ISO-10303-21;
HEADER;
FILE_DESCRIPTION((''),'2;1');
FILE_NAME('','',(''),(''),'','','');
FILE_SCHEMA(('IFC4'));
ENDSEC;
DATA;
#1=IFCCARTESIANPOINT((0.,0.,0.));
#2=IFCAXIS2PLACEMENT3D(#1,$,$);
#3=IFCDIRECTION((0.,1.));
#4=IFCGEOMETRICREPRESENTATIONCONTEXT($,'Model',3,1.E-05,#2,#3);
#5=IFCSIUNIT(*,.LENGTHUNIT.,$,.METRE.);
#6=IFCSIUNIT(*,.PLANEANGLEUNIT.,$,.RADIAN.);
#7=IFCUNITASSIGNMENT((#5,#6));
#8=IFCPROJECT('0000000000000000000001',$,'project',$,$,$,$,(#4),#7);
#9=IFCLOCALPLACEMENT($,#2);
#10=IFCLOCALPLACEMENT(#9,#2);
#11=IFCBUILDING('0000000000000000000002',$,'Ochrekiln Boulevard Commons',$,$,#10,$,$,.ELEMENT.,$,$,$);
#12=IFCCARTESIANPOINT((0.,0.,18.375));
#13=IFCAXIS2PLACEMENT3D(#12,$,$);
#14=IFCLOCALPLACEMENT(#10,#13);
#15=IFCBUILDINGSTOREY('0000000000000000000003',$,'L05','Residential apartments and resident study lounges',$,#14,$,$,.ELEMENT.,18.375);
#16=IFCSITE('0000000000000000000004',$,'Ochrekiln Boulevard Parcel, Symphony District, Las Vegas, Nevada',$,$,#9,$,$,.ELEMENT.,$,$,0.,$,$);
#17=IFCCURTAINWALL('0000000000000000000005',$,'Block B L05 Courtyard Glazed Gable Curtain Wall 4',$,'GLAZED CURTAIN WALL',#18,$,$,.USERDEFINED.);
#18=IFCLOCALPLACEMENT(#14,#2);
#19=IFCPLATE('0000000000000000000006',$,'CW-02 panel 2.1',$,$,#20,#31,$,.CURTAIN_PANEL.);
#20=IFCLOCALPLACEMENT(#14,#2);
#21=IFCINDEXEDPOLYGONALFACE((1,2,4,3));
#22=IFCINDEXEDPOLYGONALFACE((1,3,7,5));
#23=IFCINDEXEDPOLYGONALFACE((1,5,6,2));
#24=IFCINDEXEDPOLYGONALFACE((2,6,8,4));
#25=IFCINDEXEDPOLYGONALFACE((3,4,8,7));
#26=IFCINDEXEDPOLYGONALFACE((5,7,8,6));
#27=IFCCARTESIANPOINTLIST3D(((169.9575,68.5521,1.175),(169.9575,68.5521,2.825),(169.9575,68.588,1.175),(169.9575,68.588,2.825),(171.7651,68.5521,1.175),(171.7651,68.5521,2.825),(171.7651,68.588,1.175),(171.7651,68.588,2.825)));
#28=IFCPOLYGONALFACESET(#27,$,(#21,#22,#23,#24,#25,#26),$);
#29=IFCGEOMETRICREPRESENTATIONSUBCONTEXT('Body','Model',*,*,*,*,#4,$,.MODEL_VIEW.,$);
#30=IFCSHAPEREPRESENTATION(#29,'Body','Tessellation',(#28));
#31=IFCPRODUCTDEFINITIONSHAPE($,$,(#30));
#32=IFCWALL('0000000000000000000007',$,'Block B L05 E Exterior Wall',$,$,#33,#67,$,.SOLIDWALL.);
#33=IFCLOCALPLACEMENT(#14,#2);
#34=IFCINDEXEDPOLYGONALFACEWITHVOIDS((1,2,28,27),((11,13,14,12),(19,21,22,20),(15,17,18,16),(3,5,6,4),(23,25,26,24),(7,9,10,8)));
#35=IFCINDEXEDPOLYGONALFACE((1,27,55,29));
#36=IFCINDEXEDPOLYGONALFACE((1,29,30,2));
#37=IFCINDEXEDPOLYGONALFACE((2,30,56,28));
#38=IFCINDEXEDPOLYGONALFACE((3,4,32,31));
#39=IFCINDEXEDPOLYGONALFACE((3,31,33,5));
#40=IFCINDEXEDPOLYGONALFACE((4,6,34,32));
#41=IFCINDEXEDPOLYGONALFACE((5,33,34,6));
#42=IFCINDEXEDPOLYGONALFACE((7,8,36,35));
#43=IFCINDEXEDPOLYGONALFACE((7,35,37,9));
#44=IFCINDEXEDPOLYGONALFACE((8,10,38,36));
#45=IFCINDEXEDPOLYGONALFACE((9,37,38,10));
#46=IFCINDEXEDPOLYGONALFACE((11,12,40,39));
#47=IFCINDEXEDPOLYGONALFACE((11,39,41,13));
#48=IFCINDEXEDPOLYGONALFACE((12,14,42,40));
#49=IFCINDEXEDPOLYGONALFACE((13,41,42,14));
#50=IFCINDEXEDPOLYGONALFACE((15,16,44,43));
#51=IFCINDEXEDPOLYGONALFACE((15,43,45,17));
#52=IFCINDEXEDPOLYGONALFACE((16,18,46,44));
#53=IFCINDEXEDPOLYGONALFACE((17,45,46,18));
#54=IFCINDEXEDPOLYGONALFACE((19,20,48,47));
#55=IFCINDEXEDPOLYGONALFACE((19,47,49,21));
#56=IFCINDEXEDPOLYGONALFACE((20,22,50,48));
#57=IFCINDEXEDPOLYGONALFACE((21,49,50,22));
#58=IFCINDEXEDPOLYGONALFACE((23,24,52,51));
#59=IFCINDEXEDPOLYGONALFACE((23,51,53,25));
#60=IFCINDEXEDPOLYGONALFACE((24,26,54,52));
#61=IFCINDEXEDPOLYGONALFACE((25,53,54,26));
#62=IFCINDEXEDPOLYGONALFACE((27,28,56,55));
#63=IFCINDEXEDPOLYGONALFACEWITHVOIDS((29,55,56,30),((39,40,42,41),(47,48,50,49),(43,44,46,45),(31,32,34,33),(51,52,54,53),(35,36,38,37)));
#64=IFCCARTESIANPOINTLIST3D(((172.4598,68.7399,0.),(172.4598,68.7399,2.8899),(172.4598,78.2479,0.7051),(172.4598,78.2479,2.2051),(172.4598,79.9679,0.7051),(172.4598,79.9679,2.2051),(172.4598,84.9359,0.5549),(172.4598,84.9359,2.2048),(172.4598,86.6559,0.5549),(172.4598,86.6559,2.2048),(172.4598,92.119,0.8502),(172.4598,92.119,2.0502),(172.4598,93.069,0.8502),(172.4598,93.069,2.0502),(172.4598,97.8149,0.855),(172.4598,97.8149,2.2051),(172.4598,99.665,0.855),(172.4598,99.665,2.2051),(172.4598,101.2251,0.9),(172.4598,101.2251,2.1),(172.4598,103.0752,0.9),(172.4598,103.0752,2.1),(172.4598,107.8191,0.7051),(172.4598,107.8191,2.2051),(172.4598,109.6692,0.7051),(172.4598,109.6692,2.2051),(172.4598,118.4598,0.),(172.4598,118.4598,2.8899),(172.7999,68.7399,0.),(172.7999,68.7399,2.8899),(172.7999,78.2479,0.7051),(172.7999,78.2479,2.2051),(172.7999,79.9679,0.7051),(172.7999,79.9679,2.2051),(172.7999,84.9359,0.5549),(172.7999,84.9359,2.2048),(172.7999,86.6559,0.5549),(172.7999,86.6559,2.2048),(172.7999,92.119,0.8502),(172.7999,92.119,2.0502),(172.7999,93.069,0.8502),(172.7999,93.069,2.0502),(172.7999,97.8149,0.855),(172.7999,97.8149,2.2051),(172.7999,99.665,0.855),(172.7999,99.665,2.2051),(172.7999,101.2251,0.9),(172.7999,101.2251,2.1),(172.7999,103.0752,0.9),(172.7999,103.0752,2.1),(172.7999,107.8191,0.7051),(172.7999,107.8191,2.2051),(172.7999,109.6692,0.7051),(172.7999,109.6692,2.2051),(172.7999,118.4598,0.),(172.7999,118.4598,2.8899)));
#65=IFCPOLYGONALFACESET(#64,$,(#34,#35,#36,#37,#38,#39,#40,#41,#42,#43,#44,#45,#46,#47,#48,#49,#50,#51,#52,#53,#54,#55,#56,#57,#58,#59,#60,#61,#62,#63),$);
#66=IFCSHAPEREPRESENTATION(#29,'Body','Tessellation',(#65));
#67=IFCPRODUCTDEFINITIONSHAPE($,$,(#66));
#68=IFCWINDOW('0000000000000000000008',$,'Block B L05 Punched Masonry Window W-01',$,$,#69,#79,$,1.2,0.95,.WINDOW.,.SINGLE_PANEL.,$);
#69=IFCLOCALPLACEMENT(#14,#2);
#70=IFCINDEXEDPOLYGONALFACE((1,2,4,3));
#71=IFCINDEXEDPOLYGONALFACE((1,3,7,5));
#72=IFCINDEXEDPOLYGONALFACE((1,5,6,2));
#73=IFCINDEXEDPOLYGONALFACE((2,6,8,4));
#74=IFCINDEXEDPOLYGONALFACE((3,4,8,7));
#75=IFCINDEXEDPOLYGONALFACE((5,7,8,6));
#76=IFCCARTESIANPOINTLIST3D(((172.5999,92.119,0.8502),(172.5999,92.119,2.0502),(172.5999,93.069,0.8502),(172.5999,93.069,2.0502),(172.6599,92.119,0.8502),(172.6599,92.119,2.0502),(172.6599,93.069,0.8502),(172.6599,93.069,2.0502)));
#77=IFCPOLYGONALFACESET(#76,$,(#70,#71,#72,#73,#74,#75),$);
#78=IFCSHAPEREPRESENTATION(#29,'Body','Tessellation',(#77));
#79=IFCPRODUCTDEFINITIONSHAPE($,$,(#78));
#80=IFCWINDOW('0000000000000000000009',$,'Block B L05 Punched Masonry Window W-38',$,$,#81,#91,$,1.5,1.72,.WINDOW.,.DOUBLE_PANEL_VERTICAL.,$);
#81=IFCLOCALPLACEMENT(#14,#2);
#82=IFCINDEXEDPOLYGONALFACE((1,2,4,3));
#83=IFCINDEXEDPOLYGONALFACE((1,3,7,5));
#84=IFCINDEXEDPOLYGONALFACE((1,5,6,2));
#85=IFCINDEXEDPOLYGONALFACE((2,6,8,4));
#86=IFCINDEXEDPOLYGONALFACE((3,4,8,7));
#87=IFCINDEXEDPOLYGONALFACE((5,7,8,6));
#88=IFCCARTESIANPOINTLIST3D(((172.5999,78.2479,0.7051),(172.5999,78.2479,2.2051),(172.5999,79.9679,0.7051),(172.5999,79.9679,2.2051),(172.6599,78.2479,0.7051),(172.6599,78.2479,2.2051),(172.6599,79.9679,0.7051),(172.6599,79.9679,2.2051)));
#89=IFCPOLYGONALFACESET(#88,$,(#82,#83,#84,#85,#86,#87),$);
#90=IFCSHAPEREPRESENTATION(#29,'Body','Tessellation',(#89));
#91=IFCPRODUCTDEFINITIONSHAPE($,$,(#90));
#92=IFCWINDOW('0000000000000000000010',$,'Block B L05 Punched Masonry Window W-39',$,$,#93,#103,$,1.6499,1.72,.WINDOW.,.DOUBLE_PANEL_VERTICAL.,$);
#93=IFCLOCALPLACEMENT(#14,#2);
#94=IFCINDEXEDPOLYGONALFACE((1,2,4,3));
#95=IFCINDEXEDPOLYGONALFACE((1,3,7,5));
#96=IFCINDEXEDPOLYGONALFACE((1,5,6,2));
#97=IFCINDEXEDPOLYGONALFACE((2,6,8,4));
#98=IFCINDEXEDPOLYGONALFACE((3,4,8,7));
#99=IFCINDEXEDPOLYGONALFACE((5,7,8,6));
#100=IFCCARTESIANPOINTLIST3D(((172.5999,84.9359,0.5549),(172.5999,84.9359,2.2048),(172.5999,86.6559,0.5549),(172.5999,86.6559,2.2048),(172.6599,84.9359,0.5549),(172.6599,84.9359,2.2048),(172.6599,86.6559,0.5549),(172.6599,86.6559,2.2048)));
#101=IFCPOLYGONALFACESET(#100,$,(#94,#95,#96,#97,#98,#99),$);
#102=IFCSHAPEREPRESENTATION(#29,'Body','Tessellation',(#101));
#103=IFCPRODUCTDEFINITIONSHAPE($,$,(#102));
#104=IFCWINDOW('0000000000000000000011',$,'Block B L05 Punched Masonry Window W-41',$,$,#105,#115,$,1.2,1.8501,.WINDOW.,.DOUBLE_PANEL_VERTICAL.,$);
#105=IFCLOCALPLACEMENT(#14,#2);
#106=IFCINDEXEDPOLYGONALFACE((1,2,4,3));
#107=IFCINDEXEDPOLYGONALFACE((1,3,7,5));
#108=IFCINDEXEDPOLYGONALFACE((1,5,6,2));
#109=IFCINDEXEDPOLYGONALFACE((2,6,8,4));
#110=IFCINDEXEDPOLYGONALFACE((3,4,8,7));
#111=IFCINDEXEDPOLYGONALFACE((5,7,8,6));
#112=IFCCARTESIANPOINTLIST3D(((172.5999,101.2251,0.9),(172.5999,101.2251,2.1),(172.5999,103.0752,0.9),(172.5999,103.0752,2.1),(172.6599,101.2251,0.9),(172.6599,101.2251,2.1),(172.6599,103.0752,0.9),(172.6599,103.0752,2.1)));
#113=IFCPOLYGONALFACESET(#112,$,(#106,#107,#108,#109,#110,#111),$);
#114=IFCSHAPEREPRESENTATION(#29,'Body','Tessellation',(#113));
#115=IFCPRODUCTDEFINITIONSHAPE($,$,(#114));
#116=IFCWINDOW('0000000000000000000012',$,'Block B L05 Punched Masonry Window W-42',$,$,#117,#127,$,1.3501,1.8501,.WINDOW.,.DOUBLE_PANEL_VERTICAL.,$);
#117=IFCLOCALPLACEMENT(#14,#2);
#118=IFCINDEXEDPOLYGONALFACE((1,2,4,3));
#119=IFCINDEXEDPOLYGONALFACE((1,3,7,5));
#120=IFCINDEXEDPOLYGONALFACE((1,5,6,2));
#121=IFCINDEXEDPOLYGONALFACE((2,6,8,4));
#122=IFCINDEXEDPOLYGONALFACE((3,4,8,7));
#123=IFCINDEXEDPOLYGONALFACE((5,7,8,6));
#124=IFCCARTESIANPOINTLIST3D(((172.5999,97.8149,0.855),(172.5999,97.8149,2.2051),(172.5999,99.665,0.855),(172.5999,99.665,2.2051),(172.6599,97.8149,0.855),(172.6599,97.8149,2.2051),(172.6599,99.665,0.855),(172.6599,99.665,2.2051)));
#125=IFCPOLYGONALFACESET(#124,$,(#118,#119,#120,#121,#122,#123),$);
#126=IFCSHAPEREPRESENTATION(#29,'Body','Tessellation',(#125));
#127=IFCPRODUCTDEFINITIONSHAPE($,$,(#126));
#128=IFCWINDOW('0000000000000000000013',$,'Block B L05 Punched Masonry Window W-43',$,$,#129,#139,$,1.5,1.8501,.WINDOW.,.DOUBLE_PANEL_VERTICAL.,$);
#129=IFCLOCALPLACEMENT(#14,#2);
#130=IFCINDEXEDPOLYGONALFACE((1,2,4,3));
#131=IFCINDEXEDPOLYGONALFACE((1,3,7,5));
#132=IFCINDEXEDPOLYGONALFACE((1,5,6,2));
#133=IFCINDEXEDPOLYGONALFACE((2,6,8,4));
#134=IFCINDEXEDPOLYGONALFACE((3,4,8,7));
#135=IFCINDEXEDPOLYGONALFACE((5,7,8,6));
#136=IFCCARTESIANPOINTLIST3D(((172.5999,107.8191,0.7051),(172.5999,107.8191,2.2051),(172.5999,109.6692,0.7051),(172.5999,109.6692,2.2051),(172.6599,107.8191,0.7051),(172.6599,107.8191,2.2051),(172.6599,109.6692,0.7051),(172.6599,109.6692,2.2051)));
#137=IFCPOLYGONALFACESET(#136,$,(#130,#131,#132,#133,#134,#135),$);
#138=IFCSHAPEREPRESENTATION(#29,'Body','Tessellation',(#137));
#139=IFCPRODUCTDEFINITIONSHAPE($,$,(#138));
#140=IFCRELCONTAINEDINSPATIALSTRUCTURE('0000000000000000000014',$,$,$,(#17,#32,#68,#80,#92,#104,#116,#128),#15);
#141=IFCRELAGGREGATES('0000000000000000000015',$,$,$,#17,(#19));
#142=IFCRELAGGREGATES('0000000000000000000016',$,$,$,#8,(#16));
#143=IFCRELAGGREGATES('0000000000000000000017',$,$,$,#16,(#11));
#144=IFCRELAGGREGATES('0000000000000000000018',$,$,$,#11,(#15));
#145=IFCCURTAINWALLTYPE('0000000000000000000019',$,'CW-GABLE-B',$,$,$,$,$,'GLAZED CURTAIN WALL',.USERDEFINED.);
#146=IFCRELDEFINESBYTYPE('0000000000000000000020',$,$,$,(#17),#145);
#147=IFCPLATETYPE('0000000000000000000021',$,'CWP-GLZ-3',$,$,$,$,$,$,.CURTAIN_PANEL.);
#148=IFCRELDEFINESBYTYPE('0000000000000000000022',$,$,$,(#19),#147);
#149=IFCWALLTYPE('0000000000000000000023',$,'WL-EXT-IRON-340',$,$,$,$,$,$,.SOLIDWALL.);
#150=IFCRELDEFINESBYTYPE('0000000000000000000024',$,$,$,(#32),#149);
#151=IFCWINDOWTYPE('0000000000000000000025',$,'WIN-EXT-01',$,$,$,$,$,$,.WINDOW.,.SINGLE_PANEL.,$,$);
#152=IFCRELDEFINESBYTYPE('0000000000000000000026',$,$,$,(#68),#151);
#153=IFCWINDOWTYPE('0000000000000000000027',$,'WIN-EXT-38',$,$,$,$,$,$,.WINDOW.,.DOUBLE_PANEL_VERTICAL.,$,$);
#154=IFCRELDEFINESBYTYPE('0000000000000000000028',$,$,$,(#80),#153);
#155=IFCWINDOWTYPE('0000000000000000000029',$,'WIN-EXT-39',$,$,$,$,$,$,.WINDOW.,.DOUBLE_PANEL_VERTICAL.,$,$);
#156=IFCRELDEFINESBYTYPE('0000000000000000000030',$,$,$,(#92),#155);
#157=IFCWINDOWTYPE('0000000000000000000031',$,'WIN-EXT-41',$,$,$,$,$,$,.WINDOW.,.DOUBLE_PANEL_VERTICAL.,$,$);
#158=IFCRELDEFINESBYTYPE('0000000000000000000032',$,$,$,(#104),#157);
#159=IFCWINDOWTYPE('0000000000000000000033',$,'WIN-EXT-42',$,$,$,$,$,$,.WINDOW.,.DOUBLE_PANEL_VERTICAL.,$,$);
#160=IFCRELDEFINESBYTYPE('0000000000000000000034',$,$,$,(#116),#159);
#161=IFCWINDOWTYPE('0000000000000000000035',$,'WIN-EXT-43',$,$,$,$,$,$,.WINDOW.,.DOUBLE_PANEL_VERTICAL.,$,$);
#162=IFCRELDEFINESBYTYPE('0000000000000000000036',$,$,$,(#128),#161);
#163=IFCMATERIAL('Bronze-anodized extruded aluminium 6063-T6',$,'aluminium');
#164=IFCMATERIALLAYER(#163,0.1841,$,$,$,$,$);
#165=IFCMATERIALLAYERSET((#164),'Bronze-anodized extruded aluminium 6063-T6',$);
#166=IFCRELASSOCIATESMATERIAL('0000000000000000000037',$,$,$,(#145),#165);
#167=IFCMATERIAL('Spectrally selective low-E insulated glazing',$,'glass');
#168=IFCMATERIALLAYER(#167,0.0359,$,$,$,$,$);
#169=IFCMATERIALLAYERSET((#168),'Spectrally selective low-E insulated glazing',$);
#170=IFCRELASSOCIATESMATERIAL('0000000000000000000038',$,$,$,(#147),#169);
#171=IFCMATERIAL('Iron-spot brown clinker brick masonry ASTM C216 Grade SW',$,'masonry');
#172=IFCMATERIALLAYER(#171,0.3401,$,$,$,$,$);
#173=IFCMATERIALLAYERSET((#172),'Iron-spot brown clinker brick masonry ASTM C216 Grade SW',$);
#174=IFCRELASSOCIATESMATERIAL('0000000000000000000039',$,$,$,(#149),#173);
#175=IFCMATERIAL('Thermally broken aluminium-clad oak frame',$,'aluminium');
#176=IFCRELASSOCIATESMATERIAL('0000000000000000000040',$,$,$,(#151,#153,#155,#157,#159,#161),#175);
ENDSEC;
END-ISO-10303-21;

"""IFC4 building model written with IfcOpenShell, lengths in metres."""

from ifc_helpers import new_model, si_unit, direction, frame, frame_2d, origin, origin_2d, place, context, subcontext, project, spatial, rectangle, extrude, material, layer, layer_set, type_object, element, fill, aggregate, save


model = new_model("IFC4")

# Units and contexts
model_context = context("Model", 3, precision=1e-05, world=origin(), true_north=direction((0.0, 1.0)))
body_context = subcontext(model_context, "Body", "Model", "MODEL_VIEW")
ifc_project = project(units=[si_unit("LENGTHUNIT", "METRE"), si_unit("PLANEANGLEUNIT", "RADIAN")], contexts=[model_context])

# Site, building, storey
site_placement = place(None, origin())
site = spatial("IfcSite", under=ifc_project, at=site_placement, Name="Ochrekiln Boulevard Parcel, Symphony District, Las Vegas, Nevada", CompositionType="ELEMENT", RefElevation=0.0)
building_placement = place(site_placement, origin())
building = spatial("IfcBuilding", under=site, at=building_placement, Name="Ochrekiln Boulevard Commons", CompositionType="ELEMENT")
storey_placement = place(building_placement, frame((0.0, 0.0, 18.375)))
storey = spatial("IfcBuildingStorey", under=building, at=storey_placement, Name="L05", Description="Residential apartments and resident study lounges", CompositionType="ELEMENT", Elevation=18.375)

# Shared definitions
ifc_material_1 = material(Name="Bronze-anodized extruded aluminium 6063-T6", Category="aluminium")
ifc_layer_1 = layer(ifc_material_1, 0.1841)
ifc_layer_set_1 = layer_set([ifc_layer_1], Name="Bronze-anodized extruded aluminium 6063-T6")
curtain_wall_type = type_object("IfcCurtainWallType", Name="CW-GABLE-B", ElementType="GLAZED CURTAIN WALL", PredefinedType="USERDEFINED", material=ifc_layer_set_1)

# Curtain wall
curtain_wall_1_placement = place(storey_placement, origin())
curtain_wall_1 = element("IfcCurtainWall", 1, at=curtain_wall_1_placement, inside=storey, type_object=curtain_wall_type, Name="Block B L05 Courtyard Glazed Gable Curtain Wall 4", ObjectType="GLAZED CURTAIN WALL", PredefinedType="USERDEFINED")

# Plate
ifc_material_2 = material(Name="Spectrally selective low-E insulated glazing", Category="glass")
ifc_layer_2 = layer(ifc_material_2, 0.0359)
ifc_layer_set_2 = layer_set([ifc_layer_2], Name="Spectrally selective low-E insulated glazing")
plate_type = type_object("IfcPlateType", Name="CWP-GLZ-3", PredefinedType="CURTAIN_PANEL", material=ifc_layer_set_2)
plate_1_placement = place(storey_placement, frame((170.8613, 68.5701, 1.175), z_axis=(0.0, 0.0, 1.0), x_axis=(1.0, 0.0, 0.0)))
plate_1 = element("IfcPlate", 2, at=plate_1_placement, type_object=plate_type, Name="CW-02 panel 2.1", PredefinedType="CURTAIN_PANEL", context=body_context, shape_type="SweptSolid", body=[
    extrude(rectangle(XDim=1.8076, YDim=0.0359, at=origin_2d()), origin(), (0.0, 0.0, 1.0), 1.6499),
])
aggregate(curtain_wall_1, [plate_1])

# Wall, openings, windows
ifc_material_3 = material(Name="Iron-spot brown clinker brick masonry ASTM C216 Grade SW", Category="masonry")
ifc_layer_3 = layer(ifc_material_3, 0.3401)
ifc_layer_set_3 = layer_set([ifc_layer_3], Name="Iron-spot brown clinker brick masonry ASTM C216 Grade SW")
wall_type = type_object("IfcWallType", Name="WL-EXT-IRON-340", PredefinedType="SOLIDWALL", material=ifc_layer_set_3)
wall_placement = place(storey_placement, frame((172.6299, 68.74, 0.0), z_axis=(0.0, 0.0, 1.0), x_axis=(0.0, 1.0, 0.0)))
wall = element("IfcWall", 3, at=wall_placement, inside=storey, type_object=wall_type, Name="Block B L05 E Exterior Wall", PredefinedType="SOLIDWALL", context=body_context, shape_type="SweptSolid", body=[
    extrude(rectangle(XDim=49.72, YDim=0.3401, at=frame_2d((24.8599, 0.0))), origin(), (0.0, 0.0, 1.0), 2.8899),
])
opening_1_placement = place(wall_placement, frame((9.5081, 0.0, 0.7051)))
opening_1 = element("IfcOpeningElement", 4, at=opening_1_placement, cuts=wall, PredefinedType="OPENING", context=body_context, shape_type="SweptSolid", body=[
    extrude(rectangle(XDim=1.72, YDim=1.5, at=frame_2d((0.8599, 0.75))), frame((0.0, 0.1799, 0.0), z_axis=(0.0, -1.0, 0.0), x_axis=(1.0, 0.0, 0.0)), (0.0, 0.0, 1.0), 0.3601),
])
opening_2_placement = place(wall_placement, frame((16.196, 0.0, 0.5549)))
opening_2 = element("IfcOpeningElement", 5, at=opening_2_placement, cuts=wall, PredefinedType="OPENING", context=body_context, shape_type="SweptSolid", body=[
    extrude(rectangle(XDim=1.72, YDim=1.6499, at=frame_2d((0.8599, 0.825))), frame((0.0, 0.1799, 0.0), z_axis=(0.0, -1.0, 0.0), x_axis=(1.0, 0.0, 0.0)), (0.0, 0.0, 1.0), 0.3601),
])
opening_3_placement = place(wall_placement, frame((23.3789, 0.0, 0.8501)))
opening_3 = element("IfcOpeningElement", 6, at=opening_3_placement, cuts=wall, PredefinedType="OPENING", context=body_context, shape_type="SweptSolid", body=[
    extrude(rectangle(XDim=0.95, YDim=1.2, at=frame_2d((0.4751, 0.6001))), frame((0.0, 0.1799, 0.0), z_axis=(0.0, -1.0, 0.0), x_axis=(1.0, 0.0, 0.0)), (0.0, 0.0, 1.0), 0.3601),
])
opening_4_placement = place(wall_placement, frame((32.4851, 0.0, 0.8999)))
opening_4 = element("IfcOpeningElement", 7, at=opening_4_placement, cuts=wall, PredefinedType="OPENING", context=body_context, shape_type="SweptSolid", body=[
    extrude(rectangle(XDim=1.8501, YDim=1.2, at=frame_2d((0.925, 0.6001))), frame((0.0, 0.1799, 0.0), z_axis=(0.0, -1.0, 0.0), x_axis=(1.0, 0.0, 0.0)), (0.0, 0.0, 1.0), 0.3601),
])
opening_5_placement = place(wall_placement, frame((29.075, 0.0, 0.855)))
opening_5 = element("IfcOpeningElement", 8, at=opening_5_placement, cuts=wall, PredefinedType="OPENING", context=body_context, shape_type="SweptSolid", body=[
    extrude(rectangle(XDim=1.8501, YDim=1.3501, at=frame_2d((0.925, 0.675))), frame((0.0, 0.1799, 0.0), z_axis=(0.0, -1.0, 0.0), x_axis=(1.0, 0.0, 0.0)), (0.0, 0.0, 1.0), 0.3601),
])
opening_6_placement = place(wall_placement, frame((39.0791, 0.0, 0.7051)))
opening_6 = element("IfcOpeningElement", 9, at=opening_6_placement, cuts=wall, PredefinedType="OPENING", context=body_context, shape_type="SweptSolid", body=[
    extrude(rectangle(XDim=1.8501, YDim=1.5, at=frame_2d((0.925, 0.75))), frame((0.0, 0.1799, 0.0), z_axis=(0.0, -1.0, 0.0), x_axis=(1.0, 0.0, 0.0)), (0.0, 0.0, 1.0), 0.3601),
])
ifc_material_4 = material(Name="Thermally broken aluminium-clad oak frame", Category="aluminium")
window_type_1 = type_object("IfcWindowType", Name="WIN-EXT-01", PartitioningType="SINGLE_PANEL", PredefinedType="WINDOW", material=ifc_material_4)
window_1_placement = place(opening_3_placement, origin())
window_1 = element("IfcWindow", 10, at=window_1_placement, inside=storey, type_object=window_type_1, Name="Block B L05 Punched Masonry Window W-01", OverallHeight=1.2, OverallWidth=0.95, PartitioningType="SINGLE_PANEL", PredefinedType="WINDOW", context=body_context, shape_type="SweptSolid", body=[
    extrude(rectangle(XDim=0.95, YDim=1.2, at=frame_2d((0.4751, 0.6001))), frame((0.0, 0.03, 0.0), z_axis=(0.0, -1.0, 0.0), x_axis=(1.0, 0.0, 0.0)), (0.0, 0.0, 1.0), 0.0601),
])
fill(opening_3, window_1)
window_type_2 = type_object("IfcWindowType", Name="WIN-EXT-38", PartitioningType="DOUBLE_PANEL_VERTICAL", PredefinedType="WINDOW", material=ifc_material_4)
window_2_placement = place(opening_1_placement, origin())
window_2 = element("IfcWindow", 11, at=window_2_placement, inside=storey, type_object=window_type_2, Name="Block B L05 Punched Masonry Window W-38", OverallHeight=1.5, OverallWidth=1.72, PartitioningType="DOUBLE_PANEL_VERTICAL", PredefinedType="WINDOW", context=body_context, shape_type="SweptSolid", body=[
    extrude(rectangle(XDim=1.72, YDim=1.5, at=frame_2d((0.8599, 0.75))), frame((0.0, 0.03, 0.0), z_axis=(0.0, -1.0, 0.0), x_axis=(1.0, 0.0, 0.0)), (0.0, 0.0, 1.0), 0.0601),
])
fill(opening_1, window_2)
window_type_3 = type_object("IfcWindowType", Name="WIN-EXT-39", PartitioningType="DOUBLE_PANEL_VERTICAL", PredefinedType="WINDOW", material=ifc_material_4)
window_3_placement = place(opening_2_placement, origin())
window_3 = element("IfcWindow", 12, at=window_3_placement, inside=storey, type_object=window_type_3, Name="Block B L05 Punched Masonry Window W-39", OverallHeight=1.6499, OverallWidth=1.72, PartitioningType="DOUBLE_PANEL_VERTICAL", PredefinedType="WINDOW", context=body_context, shape_type="SweptSolid", body=[
    extrude(rectangle(XDim=1.72, YDim=1.6499, at=frame_2d((0.8599, 0.825))), frame((0.0, 0.03, 0.0), z_axis=(0.0, -1.0, 0.0), x_axis=(1.0, 0.0, 0.0)), (0.0, 0.0, 1.0), 0.0601),
])
fill(opening_2, window_3)
window_type_4 = type_object("IfcWindowType", Name="WIN-EXT-41", PartitioningType="DOUBLE_PANEL_VERTICAL", PredefinedType="WINDOW", material=ifc_material_4)
window_4_placement = place(opening_4_placement, origin())
window_4 = element("IfcWindow", 13, at=window_4_placement, inside=storey, type_object=window_type_4, Name="Block B L05 Punched Masonry Window W-41", OverallHeight=1.2, OverallWidth=1.8501, PartitioningType="DOUBLE_PANEL_VERTICAL", PredefinedType="WINDOW", context=body_context, shape_type="SweptSolid", body=[
    extrude(rectangle(XDim=1.8501, YDim=1.2, at=frame_2d((0.925, 0.6001))), frame((0.0, 0.03, 0.0), z_axis=(0.0, -1.0, 0.0), x_axis=(1.0, 0.0, 0.0)), (0.0, 0.0, 1.0), 0.0601),
])
fill(opening_4, window_4)
window_type_5 = type_object("IfcWindowType", Name="WIN-EXT-42", PartitioningType="DOUBLE_PANEL_VERTICAL", PredefinedType="WINDOW", material=ifc_material_4)
window_5_placement = place(opening_5_placement, origin())
window_5 = element("IfcWindow", 14, at=window_5_placement, inside=storey, type_object=window_type_5, Name="Block B L05 Punched Masonry Window W-42", OverallHeight=1.3501, OverallWidth=1.8501, PartitioningType="DOUBLE_PANEL_VERTICAL", PredefinedType="WINDOW", context=body_context, shape_type="SweptSolid", body=[
    extrude(rectangle(XDim=1.8501, YDim=1.3501, at=frame_2d((0.925, 0.675))), frame((0.0, 0.03, 0.0), z_axis=(0.0, -1.0, 0.0), x_axis=(1.0, 0.0, 0.0)), (0.0, 0.0, 1.0), 0.0601),
])
fill(opening_5, window_5)
window_type_6 = type_object("IfcWindowType", Name="WIN-EXT-43", PartitioningType="DOUBLE_PANEL_VERTICAL", PredefinedType="WINDOW", material=ifc_material_4)
window_6_placement = place(opening_6_placement, origin())
window_6 = element("IfcWindow", 15, at=window_6_placement, inside=storey, type_object=window_type_6, Name="Block B L05 Punched Masonry Window W-43", OverallHeight=1.5, OverallWidth=1.8501, PartitioningType="DOUBLE_PANEL_VERTICAL", PredefinedType="WINDOW", context=body_context, shape_type="SweptSolid", body=[
    extrude(rectangle(XDim=1.8501, YDim=1.5, at=frame_2d((0.925, 0.75))), frame((0.0, 0.03, 0.0), z_axis=(0.0, -1.0, 0.0), x_axis=(1.0, 0.0, 0.0)), (0.0, 0.0, 1.0), 0.0601),
])
fill(opening_6, window_6)

save(model, "model.ifc")
